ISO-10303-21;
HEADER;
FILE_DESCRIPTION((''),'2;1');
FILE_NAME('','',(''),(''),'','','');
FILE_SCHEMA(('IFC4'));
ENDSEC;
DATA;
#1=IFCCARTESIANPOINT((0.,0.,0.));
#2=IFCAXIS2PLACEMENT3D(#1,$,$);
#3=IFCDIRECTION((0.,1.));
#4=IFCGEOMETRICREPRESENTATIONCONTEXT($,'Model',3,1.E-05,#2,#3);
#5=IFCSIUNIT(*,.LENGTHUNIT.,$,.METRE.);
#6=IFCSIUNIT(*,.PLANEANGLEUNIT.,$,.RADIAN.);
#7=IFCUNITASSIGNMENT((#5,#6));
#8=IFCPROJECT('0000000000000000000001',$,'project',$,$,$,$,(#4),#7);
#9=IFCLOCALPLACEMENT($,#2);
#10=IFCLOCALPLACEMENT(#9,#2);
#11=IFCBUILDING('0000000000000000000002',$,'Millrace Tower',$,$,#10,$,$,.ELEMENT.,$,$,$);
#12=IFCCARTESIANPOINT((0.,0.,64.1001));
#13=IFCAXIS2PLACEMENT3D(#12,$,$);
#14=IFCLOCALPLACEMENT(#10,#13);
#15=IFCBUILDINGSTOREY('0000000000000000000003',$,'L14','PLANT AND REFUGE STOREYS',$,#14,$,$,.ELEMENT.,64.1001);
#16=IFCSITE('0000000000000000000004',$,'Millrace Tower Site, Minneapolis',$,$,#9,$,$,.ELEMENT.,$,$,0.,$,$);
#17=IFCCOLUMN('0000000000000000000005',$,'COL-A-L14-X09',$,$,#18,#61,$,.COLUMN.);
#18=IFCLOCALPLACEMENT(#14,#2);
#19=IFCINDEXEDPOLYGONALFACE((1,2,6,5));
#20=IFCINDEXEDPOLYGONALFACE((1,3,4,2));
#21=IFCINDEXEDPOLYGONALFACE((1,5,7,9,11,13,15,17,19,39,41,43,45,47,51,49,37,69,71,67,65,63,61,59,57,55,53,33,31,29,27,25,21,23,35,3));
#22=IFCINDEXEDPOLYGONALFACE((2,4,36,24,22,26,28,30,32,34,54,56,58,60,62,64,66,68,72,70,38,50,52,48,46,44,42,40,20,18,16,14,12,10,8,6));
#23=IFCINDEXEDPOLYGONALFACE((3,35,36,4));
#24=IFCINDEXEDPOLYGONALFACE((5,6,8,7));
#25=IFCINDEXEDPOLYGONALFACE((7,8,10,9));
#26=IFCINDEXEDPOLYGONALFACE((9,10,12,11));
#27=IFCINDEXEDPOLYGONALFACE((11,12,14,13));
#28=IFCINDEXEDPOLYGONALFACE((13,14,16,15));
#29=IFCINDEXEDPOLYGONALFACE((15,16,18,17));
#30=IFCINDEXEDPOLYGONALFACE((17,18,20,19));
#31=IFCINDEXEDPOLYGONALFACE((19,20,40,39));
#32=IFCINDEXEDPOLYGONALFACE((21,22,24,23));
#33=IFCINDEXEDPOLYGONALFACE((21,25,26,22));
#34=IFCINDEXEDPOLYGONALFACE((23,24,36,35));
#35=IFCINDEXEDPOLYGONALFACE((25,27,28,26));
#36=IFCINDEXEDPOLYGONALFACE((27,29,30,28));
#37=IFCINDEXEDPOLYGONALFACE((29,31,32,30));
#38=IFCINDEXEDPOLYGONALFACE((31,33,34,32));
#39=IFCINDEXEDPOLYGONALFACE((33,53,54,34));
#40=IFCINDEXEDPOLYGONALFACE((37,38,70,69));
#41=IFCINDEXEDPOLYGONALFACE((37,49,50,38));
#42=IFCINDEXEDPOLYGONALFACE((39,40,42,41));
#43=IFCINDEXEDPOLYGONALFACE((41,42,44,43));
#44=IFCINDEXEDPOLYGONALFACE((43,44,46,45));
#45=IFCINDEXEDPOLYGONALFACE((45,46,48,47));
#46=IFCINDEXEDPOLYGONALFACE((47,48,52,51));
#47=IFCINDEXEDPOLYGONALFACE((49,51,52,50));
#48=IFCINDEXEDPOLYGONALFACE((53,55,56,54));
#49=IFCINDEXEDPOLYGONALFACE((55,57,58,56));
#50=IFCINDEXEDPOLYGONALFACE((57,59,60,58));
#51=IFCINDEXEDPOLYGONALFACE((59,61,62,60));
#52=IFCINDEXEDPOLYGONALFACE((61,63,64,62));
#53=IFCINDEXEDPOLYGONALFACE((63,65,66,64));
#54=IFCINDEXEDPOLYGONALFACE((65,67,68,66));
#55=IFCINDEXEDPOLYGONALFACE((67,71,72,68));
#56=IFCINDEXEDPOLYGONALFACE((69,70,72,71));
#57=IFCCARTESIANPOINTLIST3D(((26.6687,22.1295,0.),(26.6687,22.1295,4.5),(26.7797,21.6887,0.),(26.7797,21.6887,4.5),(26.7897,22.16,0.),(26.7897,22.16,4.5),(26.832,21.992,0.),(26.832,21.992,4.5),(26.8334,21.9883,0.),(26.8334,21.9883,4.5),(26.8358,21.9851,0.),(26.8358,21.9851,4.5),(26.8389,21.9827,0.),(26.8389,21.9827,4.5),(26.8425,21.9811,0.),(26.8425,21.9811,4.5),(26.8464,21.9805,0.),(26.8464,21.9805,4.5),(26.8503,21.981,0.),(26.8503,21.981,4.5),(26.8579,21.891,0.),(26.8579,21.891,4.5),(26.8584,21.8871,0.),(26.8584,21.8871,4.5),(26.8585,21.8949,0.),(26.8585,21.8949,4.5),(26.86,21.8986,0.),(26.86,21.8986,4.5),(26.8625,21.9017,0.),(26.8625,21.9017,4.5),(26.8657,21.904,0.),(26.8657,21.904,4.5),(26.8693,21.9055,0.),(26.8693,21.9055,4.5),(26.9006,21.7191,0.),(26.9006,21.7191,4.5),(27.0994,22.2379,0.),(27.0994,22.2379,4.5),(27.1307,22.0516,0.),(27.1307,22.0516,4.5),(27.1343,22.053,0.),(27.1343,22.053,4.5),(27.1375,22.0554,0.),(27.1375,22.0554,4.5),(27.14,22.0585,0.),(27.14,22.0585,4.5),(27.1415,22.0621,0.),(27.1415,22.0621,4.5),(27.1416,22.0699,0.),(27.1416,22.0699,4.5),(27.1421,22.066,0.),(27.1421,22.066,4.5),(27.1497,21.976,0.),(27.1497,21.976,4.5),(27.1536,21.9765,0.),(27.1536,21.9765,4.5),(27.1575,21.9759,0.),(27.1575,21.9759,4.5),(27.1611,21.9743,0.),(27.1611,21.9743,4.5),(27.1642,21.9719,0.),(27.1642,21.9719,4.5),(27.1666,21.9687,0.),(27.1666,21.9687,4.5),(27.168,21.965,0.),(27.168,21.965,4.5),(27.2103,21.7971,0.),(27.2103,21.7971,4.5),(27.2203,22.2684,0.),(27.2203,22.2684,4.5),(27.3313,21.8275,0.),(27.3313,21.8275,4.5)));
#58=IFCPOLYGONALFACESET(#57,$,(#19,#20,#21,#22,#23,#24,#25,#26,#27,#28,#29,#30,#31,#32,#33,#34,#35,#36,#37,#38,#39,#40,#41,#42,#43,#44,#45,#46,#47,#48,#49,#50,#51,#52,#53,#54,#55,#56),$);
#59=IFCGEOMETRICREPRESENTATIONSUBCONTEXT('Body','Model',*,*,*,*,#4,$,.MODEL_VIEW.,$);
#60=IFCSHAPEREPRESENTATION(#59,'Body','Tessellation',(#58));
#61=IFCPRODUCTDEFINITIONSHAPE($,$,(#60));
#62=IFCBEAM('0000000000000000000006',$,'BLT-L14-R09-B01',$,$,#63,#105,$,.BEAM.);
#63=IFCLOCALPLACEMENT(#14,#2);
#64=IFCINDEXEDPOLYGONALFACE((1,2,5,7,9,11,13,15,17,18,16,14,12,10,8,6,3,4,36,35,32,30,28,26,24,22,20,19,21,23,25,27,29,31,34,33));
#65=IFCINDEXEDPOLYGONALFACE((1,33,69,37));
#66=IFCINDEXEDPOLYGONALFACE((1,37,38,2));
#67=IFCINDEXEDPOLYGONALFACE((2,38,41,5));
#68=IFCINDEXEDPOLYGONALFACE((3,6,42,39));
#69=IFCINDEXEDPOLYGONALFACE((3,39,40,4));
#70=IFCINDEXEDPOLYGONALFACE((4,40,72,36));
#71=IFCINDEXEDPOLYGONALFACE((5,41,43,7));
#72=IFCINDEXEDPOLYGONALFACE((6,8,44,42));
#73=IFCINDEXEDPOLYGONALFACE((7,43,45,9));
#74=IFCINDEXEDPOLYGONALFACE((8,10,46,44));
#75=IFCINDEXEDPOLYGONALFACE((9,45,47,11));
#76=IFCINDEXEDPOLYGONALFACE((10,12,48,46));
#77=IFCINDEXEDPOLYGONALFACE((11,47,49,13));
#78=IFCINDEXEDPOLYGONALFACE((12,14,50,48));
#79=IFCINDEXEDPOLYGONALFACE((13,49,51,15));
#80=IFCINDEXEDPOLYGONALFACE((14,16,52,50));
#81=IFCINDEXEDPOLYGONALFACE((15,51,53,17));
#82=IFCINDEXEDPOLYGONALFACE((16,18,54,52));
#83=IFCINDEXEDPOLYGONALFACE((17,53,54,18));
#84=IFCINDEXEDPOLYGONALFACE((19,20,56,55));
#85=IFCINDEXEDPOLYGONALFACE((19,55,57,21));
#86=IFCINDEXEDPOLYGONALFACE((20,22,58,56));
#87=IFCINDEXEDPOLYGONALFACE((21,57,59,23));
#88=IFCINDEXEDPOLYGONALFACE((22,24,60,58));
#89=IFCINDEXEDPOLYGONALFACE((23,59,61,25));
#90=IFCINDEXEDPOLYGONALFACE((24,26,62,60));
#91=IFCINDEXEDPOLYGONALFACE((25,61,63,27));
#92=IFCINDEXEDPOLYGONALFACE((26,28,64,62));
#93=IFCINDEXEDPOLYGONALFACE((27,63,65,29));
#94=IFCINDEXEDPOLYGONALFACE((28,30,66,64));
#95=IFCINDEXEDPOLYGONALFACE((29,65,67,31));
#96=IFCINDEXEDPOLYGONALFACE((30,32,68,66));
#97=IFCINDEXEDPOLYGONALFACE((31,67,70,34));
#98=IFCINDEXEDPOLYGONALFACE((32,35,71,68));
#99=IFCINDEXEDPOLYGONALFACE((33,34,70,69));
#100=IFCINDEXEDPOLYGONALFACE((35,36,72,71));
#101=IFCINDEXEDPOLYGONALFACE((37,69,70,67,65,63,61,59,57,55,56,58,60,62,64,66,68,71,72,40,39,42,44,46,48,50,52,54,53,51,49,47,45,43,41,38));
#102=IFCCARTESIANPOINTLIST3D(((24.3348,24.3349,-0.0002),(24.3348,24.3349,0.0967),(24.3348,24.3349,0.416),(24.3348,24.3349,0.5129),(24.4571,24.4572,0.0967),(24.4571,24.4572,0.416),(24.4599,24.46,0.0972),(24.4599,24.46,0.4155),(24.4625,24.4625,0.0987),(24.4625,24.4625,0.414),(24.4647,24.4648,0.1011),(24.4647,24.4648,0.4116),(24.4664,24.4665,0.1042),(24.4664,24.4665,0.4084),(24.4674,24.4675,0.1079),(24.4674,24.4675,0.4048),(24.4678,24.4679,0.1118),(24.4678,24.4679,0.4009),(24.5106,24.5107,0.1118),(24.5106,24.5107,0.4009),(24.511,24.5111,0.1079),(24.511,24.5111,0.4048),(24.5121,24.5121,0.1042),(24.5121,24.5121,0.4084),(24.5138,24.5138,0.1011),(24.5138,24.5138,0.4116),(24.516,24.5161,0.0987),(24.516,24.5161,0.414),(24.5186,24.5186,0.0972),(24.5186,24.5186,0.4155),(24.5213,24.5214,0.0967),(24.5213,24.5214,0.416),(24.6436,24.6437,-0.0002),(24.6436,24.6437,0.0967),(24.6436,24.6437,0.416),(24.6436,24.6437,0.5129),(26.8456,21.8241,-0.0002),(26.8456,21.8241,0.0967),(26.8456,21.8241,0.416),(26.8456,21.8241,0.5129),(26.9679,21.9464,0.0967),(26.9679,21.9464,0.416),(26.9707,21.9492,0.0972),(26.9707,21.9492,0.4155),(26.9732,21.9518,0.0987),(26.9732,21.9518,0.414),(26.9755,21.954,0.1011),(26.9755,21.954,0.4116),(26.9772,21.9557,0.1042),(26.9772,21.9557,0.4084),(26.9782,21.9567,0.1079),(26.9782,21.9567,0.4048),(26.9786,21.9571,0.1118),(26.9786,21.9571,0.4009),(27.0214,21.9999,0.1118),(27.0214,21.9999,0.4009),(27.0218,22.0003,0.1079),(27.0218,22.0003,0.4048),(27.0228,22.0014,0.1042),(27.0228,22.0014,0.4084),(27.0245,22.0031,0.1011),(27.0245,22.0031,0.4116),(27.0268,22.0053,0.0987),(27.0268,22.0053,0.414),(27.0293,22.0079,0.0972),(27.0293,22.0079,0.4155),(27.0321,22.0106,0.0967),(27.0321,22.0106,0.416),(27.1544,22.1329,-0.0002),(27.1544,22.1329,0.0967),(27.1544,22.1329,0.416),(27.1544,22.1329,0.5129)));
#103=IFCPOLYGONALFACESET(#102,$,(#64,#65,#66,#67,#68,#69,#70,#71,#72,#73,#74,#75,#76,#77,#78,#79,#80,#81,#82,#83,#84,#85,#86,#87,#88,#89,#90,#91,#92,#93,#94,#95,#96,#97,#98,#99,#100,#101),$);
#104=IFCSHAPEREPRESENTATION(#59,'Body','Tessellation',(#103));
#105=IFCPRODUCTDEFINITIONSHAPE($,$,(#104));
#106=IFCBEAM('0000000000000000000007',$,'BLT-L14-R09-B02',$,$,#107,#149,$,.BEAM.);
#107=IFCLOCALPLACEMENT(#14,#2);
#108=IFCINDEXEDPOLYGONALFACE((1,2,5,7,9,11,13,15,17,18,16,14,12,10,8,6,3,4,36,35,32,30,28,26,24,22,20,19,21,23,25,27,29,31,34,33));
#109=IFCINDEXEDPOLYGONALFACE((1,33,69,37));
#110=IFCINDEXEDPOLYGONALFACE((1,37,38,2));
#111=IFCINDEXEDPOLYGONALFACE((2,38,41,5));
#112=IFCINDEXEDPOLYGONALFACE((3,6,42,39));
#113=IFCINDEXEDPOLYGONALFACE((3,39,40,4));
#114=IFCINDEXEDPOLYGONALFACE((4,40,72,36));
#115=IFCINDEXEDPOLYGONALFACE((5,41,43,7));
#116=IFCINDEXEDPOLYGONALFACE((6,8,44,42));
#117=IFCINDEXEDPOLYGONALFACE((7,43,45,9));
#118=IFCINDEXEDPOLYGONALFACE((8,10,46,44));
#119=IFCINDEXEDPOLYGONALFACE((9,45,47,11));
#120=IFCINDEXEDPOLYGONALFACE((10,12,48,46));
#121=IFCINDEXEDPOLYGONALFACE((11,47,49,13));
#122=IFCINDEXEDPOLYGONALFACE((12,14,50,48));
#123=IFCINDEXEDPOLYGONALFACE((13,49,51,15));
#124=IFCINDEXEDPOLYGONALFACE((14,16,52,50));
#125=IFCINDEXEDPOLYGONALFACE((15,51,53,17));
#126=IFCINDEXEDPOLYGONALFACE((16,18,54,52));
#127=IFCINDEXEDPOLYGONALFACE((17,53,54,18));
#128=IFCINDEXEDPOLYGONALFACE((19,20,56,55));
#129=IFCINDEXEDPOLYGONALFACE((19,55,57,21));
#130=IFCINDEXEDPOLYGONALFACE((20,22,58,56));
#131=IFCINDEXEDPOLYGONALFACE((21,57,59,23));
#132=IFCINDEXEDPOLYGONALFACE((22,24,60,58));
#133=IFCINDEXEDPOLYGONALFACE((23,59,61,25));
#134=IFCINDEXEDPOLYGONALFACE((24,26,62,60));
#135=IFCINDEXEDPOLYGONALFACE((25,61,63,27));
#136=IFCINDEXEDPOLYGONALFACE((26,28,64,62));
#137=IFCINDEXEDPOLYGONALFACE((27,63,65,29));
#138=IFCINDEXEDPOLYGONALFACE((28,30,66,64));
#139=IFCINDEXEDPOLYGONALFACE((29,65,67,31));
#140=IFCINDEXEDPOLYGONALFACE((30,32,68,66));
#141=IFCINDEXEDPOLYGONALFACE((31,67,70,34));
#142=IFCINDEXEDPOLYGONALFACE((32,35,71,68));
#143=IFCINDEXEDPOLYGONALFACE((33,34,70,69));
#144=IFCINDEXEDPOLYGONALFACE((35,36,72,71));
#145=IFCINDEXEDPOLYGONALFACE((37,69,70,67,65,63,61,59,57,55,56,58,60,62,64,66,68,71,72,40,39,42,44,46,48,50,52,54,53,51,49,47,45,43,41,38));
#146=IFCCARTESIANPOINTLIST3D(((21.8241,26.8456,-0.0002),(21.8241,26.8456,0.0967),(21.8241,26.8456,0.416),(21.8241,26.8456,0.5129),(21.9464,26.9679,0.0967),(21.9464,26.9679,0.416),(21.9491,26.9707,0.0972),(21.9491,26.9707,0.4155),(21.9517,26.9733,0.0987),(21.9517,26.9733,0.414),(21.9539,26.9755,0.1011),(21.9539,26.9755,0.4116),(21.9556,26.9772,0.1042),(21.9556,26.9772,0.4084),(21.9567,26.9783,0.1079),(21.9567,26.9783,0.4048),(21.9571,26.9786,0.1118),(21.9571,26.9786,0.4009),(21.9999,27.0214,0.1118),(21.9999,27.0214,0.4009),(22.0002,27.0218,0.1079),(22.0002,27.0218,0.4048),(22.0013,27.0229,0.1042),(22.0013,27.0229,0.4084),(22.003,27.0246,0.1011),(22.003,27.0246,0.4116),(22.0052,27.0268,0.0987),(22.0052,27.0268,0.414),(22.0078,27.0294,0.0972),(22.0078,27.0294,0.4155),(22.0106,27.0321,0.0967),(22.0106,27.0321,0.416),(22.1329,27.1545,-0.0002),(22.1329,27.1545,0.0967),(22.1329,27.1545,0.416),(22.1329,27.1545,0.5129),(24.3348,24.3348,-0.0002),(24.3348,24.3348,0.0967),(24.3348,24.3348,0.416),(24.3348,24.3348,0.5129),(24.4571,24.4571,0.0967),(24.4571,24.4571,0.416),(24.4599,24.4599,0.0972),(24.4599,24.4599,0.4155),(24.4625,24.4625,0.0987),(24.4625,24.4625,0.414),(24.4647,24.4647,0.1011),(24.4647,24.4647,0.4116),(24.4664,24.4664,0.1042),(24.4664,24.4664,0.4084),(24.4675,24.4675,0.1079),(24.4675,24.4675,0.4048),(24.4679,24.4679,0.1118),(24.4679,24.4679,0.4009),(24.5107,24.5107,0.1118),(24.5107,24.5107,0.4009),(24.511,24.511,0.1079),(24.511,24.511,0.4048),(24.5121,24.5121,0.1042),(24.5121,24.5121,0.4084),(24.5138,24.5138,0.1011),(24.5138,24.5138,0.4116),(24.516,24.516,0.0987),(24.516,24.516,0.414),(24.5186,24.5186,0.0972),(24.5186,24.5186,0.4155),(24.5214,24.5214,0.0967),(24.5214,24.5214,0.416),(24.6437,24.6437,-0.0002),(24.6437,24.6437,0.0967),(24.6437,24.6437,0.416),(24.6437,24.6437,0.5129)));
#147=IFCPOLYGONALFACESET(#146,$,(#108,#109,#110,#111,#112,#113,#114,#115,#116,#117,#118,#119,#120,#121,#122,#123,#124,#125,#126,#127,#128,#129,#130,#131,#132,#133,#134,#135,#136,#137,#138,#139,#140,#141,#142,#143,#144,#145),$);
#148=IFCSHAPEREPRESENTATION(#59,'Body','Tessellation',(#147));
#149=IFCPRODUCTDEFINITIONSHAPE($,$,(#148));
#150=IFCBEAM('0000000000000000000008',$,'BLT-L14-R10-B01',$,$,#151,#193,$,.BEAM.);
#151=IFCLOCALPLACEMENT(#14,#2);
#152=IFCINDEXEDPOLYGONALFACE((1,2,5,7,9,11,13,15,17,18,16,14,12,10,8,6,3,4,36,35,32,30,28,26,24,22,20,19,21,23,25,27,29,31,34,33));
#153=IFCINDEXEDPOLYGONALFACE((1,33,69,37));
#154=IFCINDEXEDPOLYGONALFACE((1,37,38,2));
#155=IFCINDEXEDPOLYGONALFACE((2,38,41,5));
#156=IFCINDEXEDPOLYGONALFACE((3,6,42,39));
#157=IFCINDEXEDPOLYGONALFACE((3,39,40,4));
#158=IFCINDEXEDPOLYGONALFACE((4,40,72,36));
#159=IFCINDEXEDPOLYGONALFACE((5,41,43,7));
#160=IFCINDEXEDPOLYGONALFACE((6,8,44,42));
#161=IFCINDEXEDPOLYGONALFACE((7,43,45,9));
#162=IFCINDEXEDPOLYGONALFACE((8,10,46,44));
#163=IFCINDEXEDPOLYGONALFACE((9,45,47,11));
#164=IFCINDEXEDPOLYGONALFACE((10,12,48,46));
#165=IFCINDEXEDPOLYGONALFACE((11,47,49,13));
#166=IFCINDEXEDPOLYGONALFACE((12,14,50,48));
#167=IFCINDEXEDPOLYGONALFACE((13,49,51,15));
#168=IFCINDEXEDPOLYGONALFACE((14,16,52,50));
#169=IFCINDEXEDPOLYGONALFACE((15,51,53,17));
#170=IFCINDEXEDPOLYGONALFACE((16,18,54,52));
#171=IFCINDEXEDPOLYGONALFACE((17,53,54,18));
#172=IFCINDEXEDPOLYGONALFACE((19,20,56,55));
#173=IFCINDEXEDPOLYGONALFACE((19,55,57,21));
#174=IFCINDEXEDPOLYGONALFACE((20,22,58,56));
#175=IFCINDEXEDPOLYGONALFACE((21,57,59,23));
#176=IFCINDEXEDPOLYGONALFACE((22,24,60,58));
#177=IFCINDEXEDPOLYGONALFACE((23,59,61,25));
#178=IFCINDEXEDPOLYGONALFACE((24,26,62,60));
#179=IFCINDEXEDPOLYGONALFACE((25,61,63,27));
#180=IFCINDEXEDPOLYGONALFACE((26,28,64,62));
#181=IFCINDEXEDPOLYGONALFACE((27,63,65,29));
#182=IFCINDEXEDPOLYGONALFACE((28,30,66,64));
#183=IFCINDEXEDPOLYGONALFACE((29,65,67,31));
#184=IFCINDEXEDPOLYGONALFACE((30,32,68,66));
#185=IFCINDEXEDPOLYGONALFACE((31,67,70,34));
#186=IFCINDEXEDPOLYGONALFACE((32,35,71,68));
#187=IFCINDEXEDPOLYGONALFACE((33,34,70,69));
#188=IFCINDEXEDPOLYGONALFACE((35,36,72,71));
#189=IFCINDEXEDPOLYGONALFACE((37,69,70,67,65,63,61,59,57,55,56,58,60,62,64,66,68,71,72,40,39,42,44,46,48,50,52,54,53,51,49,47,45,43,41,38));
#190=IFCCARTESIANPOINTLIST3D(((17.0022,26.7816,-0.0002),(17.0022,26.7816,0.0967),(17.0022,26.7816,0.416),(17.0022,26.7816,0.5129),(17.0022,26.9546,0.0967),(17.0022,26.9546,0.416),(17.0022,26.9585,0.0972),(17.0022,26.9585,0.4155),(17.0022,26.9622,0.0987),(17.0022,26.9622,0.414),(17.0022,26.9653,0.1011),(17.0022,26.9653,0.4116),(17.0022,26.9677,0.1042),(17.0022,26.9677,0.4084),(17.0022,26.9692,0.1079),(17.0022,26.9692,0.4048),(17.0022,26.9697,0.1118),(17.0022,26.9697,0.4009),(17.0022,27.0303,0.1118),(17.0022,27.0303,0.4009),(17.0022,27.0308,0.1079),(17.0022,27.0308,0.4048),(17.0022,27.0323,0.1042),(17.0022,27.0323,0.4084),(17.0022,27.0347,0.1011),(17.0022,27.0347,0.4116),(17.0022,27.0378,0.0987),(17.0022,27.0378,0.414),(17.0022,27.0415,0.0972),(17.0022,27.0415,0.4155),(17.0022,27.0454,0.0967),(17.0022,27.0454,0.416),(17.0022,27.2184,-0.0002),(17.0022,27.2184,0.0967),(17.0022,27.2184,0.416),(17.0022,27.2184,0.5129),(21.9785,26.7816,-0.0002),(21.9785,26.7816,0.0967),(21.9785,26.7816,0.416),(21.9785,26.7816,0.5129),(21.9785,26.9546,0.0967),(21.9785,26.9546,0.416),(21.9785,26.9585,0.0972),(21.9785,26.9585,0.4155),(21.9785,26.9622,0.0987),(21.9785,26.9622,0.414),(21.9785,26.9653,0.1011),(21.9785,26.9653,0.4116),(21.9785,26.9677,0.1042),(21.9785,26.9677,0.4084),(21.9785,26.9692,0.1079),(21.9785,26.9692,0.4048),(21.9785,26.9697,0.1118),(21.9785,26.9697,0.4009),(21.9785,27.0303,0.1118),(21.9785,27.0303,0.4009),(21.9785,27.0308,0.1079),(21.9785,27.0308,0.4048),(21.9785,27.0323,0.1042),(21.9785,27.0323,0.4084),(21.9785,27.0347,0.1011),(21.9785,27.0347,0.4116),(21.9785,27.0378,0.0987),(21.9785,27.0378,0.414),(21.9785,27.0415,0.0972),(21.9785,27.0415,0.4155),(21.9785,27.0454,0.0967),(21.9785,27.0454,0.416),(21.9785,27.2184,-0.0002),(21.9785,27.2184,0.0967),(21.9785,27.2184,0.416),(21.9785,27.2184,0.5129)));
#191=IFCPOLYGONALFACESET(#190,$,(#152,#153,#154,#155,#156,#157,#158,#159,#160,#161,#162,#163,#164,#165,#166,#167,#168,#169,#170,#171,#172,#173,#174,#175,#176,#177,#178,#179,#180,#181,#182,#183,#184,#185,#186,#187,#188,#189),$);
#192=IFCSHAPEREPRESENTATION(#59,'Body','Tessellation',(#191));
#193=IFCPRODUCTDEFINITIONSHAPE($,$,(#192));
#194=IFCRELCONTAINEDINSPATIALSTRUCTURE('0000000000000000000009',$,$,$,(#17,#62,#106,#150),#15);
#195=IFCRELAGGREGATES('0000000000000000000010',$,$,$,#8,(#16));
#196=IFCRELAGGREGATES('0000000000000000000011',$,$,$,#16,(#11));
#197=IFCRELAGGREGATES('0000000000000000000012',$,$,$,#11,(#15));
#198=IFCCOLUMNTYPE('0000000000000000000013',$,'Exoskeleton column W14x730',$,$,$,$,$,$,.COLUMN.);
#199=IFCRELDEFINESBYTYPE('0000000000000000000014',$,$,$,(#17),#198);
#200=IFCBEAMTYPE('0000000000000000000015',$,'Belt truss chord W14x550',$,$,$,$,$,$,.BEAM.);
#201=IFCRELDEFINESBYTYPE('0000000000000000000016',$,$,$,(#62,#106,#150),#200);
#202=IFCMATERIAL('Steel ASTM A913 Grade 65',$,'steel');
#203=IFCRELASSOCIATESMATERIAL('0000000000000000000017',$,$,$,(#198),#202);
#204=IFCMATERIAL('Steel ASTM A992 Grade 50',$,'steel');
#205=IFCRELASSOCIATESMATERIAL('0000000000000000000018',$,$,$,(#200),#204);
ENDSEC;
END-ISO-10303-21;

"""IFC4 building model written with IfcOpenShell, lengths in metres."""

from ifc_helpers import new_model, si_unit, direction, frame, origin, origin_2d, place, context, subcontext, project, spatial, i_section, extrude, material, material_profile, profile_set, type_object, element, save


model = new_model("IFC4")

# Units and contexts
model_context = context("Model", 3, precision=1e-05, world=origin(), true_north=direction((0.0, 1.0)))
body_context = subcontext(model_context, "Body", "Model", "MODEL_VIEW")
ifc_project = project(units=[si_unit("LENGTHUNIT", "METRE"), si_unit("PLANEANGLEUNIT", "RADIAN")], contexts=[model_context])

# Site, building, storey
site_placement = place(None, origin())
site = spatial("IfcSite", under=ifc_project, at=site_placement, Name="Millrace Tower Site, Minneapolis", CompositionType="ELEMENT", RefElevation=0.0)
building_placement = place(site_placement, origin())
building = spatial("IfcBuilding", under=site, at=building_placement, Name="Millrace Tower", CompositionType="ELEMENT")
storey_placement = place(building_placement, frame((0.0, 0.0, 64.1001)))
storey = spatial("IfcBuildingStorey", under=building, at=storey_placement, Name="L14", Description="PLANT AND REFUGE STOREYS", CompositionType="ELEMENT", Elevation=64.1001)

# Column
ifc_material_1 = material(Name="Steel ASTM A913 Grade 65", Category="steel")
ifc_material_profile_1 = material_profile(ifc_material_1, i_section(OverallWidth=0.4546, OverallDepth=0.5688, WebThickness=0.0779, FlangeThickness=0.1248, FilletRadius=0.0151, at=origin_2d()))
ifc_profile_set_1 = profile_set([ifc_material_profile_1], Name="Steel ASTM A913 Grade 65")
column_type = type_object("IfcColumnType", Name="Exoskeleton column W14x730", PredefinedType="COLUMN", material=ifc_profile_set_1)
column_placement = place(storey_placement, frame((27.0, 21.9785, 0.0), z_axis=(0.0, 0.0, 1.0), x_axis=(-0.244094, 0.969752, 0.0)))
element("IfcColumn", 1, at=column_placement, inside=storey, type_object=column_type, Name="COL-A-L14-X09", PredefinedType="COLUMN", context=body_context, shape_type="SweptSolid", body=[
    extrude(i_section(OverallWidth=0.4546, OverallDepth=0.5688, WebThickness=0.0779, FlangeThickness=0.1248, FilletRadius=0.0151, at=origin_2d()), origin(), (0.0, 0.0, 1.0), 4.5),
])

# Beams
ifc_material_2 = material(Name="Steel ASTM A992 Grade 50", Category="steel")
ifc_material_profile_2 = material_profile(ifc_material_2, i_section(OverallWidth=0.4368, OverallDepth=0.5132, WebThickness=0.0605, FlangeThickness=0.0969, FilletRadius=0.0151, at=origin_2d()))
ifc_profile_set_2 = profile_set([ifc_material_profile_2], Name="Steel ASTM A992 Grade 50")
beam_type_1 = type_object("IfcBeamType", Name="Belt truss chord W14x550", PredefinedType="BEAM", material=ifc_profile_set_2)
for number, where, z_axis, x_axis, name in (
    (2, (27.0, 21.9785, 0.2563), (-0.707107, 0.707107, 0.0), (-0.707107, -0.707107, 0.0), "BLT-L14-R09-B01"),
    (3, (24.4893, 24.4893, 0.2563), (-0.707107, 0.707107, 0.0), (-0.707107, -0.707107, 0.0), "BLT-L14-R09-B02"),
):
    element("IfcBeam", number, at=place(storey_placement, frame(where, z_axis=z_axis, x_axis=x_axis)), inside=storey, type_object=beam_type_1, Name=name, PredefinedType="BEAM", context=body_context, shape_type="SweptSolid", body=[
        extrude(i_section(OverallWidth=0.4368, OverallDepth=0.5132, WebThickness=0.0605, FlangeThickness=0.0969, FilletRadius=0.0151, at=origin_2d()), origin(), (0.0, 0.0, 1.0), 3.5508),
    ])
beam_1_placement = place(storey_placement, frame((21.9785, 27.0, 0.2563), z_axis=(-1.0, 0.0, 0.0), x_axis=(0.0, -1.0, 0.0)))
element("IfcBeam", 4, at=beam_1_placement, inside=storey, type_object=beam_type_1, Name="BLT-L14-R10-B01", PredefinedType="BEAM", context=body_context, shape_type="SweptSolid", body=[
    extrude(i_section(OverallWidth=0.4368, OverallDepth=0.5132, WebThickness=0.0605, FlangeThickness=0.0969, FilletRadius=0.0151, at=origin_2d()), origin(), (0.0, 0.0, 1.0), 4.9763),
])

save(model, "model.ifc")
